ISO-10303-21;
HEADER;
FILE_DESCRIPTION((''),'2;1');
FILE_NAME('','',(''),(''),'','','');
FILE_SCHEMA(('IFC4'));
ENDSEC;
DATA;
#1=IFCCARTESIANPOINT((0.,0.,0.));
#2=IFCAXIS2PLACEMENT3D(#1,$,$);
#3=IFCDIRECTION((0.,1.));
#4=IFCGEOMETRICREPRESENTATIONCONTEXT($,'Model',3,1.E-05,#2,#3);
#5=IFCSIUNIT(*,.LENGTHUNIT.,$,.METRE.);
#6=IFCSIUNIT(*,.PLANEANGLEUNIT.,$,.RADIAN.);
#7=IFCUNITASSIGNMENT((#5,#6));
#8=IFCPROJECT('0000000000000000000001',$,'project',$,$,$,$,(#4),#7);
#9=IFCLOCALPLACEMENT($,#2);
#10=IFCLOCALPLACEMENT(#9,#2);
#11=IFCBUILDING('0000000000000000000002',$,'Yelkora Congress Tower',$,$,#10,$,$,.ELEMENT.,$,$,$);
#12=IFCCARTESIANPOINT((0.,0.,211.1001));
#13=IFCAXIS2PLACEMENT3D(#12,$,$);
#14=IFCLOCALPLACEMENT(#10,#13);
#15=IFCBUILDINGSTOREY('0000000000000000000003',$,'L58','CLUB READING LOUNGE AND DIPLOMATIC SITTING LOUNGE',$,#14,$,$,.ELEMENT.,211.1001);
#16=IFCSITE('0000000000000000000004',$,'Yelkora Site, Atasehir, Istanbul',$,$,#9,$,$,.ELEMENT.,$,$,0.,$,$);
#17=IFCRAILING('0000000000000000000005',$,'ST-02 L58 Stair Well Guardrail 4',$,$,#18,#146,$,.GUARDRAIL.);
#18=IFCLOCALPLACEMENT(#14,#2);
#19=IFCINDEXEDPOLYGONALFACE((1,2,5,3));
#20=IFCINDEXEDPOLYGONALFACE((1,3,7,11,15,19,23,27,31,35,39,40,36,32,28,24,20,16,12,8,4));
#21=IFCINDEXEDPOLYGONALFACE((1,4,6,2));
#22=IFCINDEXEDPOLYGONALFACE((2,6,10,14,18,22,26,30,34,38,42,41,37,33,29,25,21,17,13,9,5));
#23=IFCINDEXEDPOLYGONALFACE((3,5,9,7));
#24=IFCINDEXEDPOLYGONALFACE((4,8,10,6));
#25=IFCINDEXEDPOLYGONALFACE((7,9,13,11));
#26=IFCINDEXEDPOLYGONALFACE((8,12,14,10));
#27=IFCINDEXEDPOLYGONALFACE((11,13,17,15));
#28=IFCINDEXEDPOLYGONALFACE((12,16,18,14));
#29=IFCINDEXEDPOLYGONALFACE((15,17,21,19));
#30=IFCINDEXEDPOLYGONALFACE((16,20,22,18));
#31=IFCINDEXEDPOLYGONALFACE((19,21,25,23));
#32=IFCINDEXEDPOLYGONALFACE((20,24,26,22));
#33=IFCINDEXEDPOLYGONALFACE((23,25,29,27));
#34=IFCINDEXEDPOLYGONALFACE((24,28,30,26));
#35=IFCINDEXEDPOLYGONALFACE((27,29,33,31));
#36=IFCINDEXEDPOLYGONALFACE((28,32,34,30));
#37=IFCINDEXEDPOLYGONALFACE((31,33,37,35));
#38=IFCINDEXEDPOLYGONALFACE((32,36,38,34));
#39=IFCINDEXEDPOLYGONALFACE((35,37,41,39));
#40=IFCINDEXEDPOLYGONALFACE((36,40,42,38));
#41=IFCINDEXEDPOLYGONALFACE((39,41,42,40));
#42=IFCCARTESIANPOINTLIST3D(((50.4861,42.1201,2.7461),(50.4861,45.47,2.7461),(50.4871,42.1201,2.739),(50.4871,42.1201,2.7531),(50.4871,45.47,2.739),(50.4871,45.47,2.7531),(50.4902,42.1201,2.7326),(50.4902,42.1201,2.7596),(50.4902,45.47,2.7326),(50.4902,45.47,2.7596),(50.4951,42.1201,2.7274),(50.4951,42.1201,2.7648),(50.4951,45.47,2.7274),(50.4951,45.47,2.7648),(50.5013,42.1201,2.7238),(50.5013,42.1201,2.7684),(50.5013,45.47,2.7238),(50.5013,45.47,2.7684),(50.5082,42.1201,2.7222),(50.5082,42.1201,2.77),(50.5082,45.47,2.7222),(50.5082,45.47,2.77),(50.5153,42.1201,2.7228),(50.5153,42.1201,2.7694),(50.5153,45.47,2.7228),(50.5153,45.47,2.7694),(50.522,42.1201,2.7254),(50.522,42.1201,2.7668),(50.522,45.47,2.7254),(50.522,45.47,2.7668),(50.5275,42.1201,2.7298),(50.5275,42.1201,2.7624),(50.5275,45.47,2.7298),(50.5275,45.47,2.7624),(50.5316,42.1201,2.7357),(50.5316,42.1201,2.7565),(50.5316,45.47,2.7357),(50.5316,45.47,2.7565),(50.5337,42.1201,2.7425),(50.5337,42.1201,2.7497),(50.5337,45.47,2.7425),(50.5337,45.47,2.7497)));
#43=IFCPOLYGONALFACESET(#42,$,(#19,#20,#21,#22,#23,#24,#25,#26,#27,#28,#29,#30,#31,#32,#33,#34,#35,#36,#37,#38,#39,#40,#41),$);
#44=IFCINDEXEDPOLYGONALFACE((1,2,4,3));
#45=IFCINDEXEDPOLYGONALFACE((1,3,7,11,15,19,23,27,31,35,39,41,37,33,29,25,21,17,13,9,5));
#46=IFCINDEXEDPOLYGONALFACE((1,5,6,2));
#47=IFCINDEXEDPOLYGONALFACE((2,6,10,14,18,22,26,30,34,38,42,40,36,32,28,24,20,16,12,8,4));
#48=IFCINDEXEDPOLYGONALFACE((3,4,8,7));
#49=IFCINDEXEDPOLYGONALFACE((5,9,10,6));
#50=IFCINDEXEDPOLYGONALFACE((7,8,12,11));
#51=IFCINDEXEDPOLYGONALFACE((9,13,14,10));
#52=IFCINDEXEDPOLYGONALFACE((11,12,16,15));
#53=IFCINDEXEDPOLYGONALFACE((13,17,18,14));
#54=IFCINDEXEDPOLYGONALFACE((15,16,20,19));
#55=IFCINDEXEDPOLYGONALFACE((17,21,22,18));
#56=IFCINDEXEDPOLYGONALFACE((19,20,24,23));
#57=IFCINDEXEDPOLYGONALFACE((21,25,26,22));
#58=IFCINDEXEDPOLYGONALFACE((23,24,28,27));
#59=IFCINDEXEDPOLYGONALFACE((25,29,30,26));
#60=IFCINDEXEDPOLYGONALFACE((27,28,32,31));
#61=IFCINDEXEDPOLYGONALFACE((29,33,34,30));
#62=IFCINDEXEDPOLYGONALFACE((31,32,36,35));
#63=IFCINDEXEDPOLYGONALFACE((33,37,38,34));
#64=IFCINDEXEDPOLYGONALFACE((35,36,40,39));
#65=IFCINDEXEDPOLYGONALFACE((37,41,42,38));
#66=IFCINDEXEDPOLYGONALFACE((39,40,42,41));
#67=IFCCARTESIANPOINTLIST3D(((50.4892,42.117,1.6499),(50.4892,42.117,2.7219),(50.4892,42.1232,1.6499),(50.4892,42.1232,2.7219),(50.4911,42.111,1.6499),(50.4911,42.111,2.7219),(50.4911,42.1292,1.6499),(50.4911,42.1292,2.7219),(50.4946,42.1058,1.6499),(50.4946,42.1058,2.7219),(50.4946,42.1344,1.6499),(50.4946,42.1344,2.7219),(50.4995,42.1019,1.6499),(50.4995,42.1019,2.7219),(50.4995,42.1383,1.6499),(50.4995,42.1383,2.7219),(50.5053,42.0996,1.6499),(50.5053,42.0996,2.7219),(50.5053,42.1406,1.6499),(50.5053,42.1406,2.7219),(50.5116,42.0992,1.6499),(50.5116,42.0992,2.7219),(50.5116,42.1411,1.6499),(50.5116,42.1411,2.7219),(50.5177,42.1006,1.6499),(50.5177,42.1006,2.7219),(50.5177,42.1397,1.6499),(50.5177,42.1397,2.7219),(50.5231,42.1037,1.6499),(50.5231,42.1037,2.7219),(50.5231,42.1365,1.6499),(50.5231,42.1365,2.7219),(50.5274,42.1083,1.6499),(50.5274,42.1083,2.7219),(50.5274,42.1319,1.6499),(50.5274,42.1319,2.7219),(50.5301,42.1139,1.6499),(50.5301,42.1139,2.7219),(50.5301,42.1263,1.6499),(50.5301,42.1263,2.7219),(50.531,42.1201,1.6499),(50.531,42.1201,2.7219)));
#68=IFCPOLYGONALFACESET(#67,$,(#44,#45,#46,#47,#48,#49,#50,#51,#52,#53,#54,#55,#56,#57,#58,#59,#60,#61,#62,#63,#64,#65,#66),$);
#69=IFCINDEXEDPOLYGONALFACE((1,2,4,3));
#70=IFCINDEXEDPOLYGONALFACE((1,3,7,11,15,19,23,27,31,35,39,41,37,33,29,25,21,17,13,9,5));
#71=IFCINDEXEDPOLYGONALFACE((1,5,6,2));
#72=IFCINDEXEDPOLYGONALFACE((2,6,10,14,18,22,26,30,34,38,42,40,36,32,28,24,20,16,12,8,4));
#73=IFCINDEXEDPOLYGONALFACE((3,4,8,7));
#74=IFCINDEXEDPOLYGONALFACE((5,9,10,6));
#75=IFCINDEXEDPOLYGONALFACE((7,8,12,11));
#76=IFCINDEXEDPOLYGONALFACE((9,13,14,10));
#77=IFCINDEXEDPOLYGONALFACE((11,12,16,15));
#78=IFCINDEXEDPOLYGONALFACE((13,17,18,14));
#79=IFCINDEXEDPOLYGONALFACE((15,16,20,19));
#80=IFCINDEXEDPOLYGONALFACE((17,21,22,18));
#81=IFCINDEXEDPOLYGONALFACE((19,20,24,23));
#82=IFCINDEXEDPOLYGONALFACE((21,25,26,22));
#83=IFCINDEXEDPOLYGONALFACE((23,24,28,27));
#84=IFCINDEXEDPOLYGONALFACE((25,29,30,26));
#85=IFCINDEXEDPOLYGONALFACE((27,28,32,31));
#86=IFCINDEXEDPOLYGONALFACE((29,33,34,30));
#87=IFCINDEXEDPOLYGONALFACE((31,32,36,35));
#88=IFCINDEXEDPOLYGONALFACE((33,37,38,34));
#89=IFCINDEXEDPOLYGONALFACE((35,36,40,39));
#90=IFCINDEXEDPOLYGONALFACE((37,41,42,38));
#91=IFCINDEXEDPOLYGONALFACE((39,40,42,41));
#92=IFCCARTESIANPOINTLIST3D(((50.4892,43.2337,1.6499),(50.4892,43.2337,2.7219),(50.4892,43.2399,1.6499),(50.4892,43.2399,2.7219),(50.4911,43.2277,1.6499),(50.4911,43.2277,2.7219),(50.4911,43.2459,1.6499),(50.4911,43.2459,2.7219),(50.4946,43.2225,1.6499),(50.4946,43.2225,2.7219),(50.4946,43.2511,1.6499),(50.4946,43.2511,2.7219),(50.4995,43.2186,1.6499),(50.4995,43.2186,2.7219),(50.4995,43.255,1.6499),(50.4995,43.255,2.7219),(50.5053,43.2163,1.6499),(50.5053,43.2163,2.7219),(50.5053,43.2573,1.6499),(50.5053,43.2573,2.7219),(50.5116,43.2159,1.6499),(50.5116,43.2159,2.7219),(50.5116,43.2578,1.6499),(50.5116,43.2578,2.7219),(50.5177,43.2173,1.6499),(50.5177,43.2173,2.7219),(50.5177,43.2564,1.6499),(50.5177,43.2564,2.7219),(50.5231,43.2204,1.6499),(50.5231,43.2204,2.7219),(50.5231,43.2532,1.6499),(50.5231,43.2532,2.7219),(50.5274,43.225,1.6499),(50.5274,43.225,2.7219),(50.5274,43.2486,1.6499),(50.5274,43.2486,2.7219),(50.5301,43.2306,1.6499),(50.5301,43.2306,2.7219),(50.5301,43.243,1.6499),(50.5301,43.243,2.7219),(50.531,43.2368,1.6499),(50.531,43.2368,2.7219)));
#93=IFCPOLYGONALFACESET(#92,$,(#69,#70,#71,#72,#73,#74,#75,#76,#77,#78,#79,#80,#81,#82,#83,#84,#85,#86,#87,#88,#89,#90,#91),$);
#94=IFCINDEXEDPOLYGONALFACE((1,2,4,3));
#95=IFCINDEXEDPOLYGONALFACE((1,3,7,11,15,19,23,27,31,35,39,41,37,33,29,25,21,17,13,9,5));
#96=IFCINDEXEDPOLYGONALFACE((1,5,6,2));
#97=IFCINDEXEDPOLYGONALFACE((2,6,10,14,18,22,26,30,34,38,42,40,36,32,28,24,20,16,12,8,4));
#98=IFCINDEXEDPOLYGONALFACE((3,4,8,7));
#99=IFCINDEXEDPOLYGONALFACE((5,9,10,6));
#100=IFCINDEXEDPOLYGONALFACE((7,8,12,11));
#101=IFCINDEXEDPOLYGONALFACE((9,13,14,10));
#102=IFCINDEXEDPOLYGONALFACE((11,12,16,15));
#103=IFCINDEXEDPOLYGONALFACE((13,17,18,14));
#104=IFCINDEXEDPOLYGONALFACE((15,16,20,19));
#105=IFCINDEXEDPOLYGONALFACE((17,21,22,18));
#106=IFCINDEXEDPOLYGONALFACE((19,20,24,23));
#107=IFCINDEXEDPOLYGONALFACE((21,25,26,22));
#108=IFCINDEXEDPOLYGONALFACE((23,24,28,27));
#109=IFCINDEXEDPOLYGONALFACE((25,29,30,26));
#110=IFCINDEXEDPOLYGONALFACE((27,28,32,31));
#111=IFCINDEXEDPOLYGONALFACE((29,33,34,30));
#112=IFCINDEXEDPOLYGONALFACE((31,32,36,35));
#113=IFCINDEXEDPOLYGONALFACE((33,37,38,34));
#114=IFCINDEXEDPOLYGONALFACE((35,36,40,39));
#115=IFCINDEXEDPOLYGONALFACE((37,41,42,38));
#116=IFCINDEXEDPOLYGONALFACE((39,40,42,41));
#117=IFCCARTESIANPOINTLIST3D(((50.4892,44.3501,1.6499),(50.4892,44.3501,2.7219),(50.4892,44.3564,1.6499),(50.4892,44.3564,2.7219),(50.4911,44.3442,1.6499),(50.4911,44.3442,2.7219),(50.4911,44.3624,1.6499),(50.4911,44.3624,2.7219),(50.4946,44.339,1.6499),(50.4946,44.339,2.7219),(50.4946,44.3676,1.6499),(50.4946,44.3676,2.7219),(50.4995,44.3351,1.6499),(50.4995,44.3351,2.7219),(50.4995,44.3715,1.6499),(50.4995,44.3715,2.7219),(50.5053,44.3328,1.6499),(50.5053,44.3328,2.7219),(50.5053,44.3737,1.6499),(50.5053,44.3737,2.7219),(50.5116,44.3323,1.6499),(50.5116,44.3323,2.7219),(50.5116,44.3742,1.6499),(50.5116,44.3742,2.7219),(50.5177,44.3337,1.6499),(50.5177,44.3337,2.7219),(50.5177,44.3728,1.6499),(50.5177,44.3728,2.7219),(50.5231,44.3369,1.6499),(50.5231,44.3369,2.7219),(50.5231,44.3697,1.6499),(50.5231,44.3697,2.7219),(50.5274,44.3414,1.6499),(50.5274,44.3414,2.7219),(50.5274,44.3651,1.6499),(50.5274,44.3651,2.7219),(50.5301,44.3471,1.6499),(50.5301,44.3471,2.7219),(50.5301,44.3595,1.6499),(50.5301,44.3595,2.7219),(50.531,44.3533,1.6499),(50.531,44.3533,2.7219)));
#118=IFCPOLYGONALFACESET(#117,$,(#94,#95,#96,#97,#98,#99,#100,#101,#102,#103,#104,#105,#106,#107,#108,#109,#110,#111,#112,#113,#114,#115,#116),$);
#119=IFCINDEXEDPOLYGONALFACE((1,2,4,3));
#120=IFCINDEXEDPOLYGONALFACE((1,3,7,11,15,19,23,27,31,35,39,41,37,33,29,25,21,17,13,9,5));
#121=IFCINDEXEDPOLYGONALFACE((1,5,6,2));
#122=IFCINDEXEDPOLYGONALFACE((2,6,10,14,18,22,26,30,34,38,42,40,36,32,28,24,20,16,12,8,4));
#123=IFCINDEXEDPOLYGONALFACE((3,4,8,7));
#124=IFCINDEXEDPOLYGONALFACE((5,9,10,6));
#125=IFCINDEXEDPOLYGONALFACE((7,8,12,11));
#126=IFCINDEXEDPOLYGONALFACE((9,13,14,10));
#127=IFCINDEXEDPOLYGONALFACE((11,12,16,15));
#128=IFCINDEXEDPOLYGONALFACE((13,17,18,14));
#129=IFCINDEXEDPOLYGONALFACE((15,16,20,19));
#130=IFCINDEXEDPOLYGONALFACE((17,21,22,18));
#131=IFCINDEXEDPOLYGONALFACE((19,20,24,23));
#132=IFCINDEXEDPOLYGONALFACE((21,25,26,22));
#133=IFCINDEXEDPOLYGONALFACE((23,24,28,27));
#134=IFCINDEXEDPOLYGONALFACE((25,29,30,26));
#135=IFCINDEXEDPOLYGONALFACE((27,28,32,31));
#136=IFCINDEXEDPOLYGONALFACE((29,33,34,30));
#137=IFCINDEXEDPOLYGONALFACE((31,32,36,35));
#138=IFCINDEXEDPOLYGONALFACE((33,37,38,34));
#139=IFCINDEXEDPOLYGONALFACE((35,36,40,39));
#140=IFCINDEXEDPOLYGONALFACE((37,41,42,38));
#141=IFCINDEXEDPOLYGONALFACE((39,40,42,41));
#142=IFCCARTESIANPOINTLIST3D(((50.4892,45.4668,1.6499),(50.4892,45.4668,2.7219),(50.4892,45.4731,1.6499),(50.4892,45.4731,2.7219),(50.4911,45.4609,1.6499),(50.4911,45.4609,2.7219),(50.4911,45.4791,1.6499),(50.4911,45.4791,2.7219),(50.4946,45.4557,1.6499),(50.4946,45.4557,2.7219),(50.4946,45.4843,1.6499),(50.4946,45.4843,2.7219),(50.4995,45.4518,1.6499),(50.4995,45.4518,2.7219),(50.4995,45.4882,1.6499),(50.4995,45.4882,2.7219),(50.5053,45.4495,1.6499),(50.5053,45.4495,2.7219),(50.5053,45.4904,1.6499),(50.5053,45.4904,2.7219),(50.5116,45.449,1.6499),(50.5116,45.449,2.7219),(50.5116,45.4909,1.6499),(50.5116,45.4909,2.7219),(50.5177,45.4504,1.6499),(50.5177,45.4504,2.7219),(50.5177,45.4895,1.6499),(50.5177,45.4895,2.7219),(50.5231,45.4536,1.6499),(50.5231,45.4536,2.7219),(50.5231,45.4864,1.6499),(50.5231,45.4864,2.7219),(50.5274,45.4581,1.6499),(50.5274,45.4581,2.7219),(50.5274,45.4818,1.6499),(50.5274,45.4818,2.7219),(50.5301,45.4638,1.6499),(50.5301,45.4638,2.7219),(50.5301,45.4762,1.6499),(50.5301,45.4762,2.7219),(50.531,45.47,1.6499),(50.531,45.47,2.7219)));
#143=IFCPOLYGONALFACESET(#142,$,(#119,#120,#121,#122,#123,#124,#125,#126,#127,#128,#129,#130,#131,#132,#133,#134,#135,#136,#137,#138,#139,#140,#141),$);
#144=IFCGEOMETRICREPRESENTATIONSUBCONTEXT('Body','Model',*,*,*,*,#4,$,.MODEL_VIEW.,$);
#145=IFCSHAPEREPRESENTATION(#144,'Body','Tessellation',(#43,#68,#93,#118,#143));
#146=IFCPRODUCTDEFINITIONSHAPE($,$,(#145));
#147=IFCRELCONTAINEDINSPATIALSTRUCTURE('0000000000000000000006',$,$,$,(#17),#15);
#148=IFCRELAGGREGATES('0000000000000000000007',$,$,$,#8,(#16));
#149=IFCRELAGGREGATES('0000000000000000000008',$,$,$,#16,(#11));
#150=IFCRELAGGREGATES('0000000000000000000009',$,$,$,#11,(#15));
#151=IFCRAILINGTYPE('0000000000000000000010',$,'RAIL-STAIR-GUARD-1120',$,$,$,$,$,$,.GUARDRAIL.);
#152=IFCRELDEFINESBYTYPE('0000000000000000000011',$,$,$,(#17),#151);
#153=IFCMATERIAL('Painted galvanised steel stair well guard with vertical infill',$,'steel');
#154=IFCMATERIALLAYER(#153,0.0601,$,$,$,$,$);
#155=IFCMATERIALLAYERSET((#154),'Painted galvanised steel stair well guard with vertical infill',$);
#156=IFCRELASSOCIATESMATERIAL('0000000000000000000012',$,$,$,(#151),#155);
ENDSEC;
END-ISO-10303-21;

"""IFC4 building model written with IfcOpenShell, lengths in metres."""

from ifc_helpers import new_model, si_unit, direction, frame, origin, origin_2d, place, context, subcontext, project, spatial, circle, extrude, material, layer, layer_set, type_object, element, save


model = new_model("IFC4")

# Units and contexts
model_context = context("Model", 3, precision=1e-05, world=origin(), true_north=direction((0.0, 1.0)))
body_context = subcontext(model_context, "Body", "Model", "MODEL_VIEW")
ifc_project = project(units=[si_unit("LENGTHUNIT", "METRE"), si_unit("PLANEANGLEUNIT", "RADIAN")], contexts=[model_context])

# Site, building, storey
site_placement = place(None, origin())
site = spatial("IfcSite", under=ifc_project, at=site_placement, Name="Yelkora Site, Atasehir, Istanbul", CompositionType="ELEMENT", RefElevation=0.0)
building_placement = place(site_placement, origin())
building = spatial("IfcBuilding", under=site, at=building_placement, Name="Yelkora Congress Tower", CompositionType="ELEMENT")
storey_placement = place(building_placement, frame((0.0, 0.0, 211.1001)))
storey = spatial("IfcBuildingStorey", under=building, at=storey_placement, Name="L58", Description="CLUB READING LOUNGE AND DIPLOMATIC SITTING LOUNGE", CompositionType="ELEMENT", Elevation=211.1001)

# Railing
ifc_material_1 = material(Name="Painted galvanised steel stair well guard with vertical infill", Category="steel")
ifc_layer_1 = layer(ifc_material_1, 0.0601)
ifc_layer_set_1 = layer_set([ifc_layer_1], Name="Painted galvanised steel stair well guard with vertical infill")
railing_type_1 = type_object("IfcRailingType", Name="RAIL-STAIR-GUARD-1120", PredefinedType="GUARDRAIL", material=ifc_layer_set_1)
railing_1_placement = place(storey_placement, frame((50.51, 42.1201, 1.6499)))
element("IfcRailing", 1, at=railing_1_placement, inside=storey, type_object=railing_type_1, Name="ST-02 L58 Stair Well Guardrail 4", PredefinedType="GUARDRAIL", context=body_context, shape_type="SweptSolid", body=[
    extrude(circle(Radius=0.0239, at=origin_2d()), frame((0.0, 0.0, 1.0962), z_axis=(0.0, 1.0, 0.0), x_axis=(-1.0, 0.0, 0.0)), (0.0, 0.0, 1.0), 3.3499),
    extrude(circle(Radius=0.021, at=origin_2d()), origin(), (0.0, 0.0, 1.0), 1.072),
    extrude(circle(Radius=0.021, at=origin_2d()), frame((0.0, 1.1167, 0.0)), (0.0, 0.0, 1.0), 1.072),
    extrude(circle(Radius=0.021, at=origin_2d()), frame((0.0, 2.2332, 0.0)), (0.0, 0.0, 1.0), 1.072),
    extrude(circle(Radius=0.021, at=origin_2d()), frame((0.0, 3.3499, 0.0)), (0.0, 0.0, 1.0), 1.072),
])

save(model, "model.ifc")
